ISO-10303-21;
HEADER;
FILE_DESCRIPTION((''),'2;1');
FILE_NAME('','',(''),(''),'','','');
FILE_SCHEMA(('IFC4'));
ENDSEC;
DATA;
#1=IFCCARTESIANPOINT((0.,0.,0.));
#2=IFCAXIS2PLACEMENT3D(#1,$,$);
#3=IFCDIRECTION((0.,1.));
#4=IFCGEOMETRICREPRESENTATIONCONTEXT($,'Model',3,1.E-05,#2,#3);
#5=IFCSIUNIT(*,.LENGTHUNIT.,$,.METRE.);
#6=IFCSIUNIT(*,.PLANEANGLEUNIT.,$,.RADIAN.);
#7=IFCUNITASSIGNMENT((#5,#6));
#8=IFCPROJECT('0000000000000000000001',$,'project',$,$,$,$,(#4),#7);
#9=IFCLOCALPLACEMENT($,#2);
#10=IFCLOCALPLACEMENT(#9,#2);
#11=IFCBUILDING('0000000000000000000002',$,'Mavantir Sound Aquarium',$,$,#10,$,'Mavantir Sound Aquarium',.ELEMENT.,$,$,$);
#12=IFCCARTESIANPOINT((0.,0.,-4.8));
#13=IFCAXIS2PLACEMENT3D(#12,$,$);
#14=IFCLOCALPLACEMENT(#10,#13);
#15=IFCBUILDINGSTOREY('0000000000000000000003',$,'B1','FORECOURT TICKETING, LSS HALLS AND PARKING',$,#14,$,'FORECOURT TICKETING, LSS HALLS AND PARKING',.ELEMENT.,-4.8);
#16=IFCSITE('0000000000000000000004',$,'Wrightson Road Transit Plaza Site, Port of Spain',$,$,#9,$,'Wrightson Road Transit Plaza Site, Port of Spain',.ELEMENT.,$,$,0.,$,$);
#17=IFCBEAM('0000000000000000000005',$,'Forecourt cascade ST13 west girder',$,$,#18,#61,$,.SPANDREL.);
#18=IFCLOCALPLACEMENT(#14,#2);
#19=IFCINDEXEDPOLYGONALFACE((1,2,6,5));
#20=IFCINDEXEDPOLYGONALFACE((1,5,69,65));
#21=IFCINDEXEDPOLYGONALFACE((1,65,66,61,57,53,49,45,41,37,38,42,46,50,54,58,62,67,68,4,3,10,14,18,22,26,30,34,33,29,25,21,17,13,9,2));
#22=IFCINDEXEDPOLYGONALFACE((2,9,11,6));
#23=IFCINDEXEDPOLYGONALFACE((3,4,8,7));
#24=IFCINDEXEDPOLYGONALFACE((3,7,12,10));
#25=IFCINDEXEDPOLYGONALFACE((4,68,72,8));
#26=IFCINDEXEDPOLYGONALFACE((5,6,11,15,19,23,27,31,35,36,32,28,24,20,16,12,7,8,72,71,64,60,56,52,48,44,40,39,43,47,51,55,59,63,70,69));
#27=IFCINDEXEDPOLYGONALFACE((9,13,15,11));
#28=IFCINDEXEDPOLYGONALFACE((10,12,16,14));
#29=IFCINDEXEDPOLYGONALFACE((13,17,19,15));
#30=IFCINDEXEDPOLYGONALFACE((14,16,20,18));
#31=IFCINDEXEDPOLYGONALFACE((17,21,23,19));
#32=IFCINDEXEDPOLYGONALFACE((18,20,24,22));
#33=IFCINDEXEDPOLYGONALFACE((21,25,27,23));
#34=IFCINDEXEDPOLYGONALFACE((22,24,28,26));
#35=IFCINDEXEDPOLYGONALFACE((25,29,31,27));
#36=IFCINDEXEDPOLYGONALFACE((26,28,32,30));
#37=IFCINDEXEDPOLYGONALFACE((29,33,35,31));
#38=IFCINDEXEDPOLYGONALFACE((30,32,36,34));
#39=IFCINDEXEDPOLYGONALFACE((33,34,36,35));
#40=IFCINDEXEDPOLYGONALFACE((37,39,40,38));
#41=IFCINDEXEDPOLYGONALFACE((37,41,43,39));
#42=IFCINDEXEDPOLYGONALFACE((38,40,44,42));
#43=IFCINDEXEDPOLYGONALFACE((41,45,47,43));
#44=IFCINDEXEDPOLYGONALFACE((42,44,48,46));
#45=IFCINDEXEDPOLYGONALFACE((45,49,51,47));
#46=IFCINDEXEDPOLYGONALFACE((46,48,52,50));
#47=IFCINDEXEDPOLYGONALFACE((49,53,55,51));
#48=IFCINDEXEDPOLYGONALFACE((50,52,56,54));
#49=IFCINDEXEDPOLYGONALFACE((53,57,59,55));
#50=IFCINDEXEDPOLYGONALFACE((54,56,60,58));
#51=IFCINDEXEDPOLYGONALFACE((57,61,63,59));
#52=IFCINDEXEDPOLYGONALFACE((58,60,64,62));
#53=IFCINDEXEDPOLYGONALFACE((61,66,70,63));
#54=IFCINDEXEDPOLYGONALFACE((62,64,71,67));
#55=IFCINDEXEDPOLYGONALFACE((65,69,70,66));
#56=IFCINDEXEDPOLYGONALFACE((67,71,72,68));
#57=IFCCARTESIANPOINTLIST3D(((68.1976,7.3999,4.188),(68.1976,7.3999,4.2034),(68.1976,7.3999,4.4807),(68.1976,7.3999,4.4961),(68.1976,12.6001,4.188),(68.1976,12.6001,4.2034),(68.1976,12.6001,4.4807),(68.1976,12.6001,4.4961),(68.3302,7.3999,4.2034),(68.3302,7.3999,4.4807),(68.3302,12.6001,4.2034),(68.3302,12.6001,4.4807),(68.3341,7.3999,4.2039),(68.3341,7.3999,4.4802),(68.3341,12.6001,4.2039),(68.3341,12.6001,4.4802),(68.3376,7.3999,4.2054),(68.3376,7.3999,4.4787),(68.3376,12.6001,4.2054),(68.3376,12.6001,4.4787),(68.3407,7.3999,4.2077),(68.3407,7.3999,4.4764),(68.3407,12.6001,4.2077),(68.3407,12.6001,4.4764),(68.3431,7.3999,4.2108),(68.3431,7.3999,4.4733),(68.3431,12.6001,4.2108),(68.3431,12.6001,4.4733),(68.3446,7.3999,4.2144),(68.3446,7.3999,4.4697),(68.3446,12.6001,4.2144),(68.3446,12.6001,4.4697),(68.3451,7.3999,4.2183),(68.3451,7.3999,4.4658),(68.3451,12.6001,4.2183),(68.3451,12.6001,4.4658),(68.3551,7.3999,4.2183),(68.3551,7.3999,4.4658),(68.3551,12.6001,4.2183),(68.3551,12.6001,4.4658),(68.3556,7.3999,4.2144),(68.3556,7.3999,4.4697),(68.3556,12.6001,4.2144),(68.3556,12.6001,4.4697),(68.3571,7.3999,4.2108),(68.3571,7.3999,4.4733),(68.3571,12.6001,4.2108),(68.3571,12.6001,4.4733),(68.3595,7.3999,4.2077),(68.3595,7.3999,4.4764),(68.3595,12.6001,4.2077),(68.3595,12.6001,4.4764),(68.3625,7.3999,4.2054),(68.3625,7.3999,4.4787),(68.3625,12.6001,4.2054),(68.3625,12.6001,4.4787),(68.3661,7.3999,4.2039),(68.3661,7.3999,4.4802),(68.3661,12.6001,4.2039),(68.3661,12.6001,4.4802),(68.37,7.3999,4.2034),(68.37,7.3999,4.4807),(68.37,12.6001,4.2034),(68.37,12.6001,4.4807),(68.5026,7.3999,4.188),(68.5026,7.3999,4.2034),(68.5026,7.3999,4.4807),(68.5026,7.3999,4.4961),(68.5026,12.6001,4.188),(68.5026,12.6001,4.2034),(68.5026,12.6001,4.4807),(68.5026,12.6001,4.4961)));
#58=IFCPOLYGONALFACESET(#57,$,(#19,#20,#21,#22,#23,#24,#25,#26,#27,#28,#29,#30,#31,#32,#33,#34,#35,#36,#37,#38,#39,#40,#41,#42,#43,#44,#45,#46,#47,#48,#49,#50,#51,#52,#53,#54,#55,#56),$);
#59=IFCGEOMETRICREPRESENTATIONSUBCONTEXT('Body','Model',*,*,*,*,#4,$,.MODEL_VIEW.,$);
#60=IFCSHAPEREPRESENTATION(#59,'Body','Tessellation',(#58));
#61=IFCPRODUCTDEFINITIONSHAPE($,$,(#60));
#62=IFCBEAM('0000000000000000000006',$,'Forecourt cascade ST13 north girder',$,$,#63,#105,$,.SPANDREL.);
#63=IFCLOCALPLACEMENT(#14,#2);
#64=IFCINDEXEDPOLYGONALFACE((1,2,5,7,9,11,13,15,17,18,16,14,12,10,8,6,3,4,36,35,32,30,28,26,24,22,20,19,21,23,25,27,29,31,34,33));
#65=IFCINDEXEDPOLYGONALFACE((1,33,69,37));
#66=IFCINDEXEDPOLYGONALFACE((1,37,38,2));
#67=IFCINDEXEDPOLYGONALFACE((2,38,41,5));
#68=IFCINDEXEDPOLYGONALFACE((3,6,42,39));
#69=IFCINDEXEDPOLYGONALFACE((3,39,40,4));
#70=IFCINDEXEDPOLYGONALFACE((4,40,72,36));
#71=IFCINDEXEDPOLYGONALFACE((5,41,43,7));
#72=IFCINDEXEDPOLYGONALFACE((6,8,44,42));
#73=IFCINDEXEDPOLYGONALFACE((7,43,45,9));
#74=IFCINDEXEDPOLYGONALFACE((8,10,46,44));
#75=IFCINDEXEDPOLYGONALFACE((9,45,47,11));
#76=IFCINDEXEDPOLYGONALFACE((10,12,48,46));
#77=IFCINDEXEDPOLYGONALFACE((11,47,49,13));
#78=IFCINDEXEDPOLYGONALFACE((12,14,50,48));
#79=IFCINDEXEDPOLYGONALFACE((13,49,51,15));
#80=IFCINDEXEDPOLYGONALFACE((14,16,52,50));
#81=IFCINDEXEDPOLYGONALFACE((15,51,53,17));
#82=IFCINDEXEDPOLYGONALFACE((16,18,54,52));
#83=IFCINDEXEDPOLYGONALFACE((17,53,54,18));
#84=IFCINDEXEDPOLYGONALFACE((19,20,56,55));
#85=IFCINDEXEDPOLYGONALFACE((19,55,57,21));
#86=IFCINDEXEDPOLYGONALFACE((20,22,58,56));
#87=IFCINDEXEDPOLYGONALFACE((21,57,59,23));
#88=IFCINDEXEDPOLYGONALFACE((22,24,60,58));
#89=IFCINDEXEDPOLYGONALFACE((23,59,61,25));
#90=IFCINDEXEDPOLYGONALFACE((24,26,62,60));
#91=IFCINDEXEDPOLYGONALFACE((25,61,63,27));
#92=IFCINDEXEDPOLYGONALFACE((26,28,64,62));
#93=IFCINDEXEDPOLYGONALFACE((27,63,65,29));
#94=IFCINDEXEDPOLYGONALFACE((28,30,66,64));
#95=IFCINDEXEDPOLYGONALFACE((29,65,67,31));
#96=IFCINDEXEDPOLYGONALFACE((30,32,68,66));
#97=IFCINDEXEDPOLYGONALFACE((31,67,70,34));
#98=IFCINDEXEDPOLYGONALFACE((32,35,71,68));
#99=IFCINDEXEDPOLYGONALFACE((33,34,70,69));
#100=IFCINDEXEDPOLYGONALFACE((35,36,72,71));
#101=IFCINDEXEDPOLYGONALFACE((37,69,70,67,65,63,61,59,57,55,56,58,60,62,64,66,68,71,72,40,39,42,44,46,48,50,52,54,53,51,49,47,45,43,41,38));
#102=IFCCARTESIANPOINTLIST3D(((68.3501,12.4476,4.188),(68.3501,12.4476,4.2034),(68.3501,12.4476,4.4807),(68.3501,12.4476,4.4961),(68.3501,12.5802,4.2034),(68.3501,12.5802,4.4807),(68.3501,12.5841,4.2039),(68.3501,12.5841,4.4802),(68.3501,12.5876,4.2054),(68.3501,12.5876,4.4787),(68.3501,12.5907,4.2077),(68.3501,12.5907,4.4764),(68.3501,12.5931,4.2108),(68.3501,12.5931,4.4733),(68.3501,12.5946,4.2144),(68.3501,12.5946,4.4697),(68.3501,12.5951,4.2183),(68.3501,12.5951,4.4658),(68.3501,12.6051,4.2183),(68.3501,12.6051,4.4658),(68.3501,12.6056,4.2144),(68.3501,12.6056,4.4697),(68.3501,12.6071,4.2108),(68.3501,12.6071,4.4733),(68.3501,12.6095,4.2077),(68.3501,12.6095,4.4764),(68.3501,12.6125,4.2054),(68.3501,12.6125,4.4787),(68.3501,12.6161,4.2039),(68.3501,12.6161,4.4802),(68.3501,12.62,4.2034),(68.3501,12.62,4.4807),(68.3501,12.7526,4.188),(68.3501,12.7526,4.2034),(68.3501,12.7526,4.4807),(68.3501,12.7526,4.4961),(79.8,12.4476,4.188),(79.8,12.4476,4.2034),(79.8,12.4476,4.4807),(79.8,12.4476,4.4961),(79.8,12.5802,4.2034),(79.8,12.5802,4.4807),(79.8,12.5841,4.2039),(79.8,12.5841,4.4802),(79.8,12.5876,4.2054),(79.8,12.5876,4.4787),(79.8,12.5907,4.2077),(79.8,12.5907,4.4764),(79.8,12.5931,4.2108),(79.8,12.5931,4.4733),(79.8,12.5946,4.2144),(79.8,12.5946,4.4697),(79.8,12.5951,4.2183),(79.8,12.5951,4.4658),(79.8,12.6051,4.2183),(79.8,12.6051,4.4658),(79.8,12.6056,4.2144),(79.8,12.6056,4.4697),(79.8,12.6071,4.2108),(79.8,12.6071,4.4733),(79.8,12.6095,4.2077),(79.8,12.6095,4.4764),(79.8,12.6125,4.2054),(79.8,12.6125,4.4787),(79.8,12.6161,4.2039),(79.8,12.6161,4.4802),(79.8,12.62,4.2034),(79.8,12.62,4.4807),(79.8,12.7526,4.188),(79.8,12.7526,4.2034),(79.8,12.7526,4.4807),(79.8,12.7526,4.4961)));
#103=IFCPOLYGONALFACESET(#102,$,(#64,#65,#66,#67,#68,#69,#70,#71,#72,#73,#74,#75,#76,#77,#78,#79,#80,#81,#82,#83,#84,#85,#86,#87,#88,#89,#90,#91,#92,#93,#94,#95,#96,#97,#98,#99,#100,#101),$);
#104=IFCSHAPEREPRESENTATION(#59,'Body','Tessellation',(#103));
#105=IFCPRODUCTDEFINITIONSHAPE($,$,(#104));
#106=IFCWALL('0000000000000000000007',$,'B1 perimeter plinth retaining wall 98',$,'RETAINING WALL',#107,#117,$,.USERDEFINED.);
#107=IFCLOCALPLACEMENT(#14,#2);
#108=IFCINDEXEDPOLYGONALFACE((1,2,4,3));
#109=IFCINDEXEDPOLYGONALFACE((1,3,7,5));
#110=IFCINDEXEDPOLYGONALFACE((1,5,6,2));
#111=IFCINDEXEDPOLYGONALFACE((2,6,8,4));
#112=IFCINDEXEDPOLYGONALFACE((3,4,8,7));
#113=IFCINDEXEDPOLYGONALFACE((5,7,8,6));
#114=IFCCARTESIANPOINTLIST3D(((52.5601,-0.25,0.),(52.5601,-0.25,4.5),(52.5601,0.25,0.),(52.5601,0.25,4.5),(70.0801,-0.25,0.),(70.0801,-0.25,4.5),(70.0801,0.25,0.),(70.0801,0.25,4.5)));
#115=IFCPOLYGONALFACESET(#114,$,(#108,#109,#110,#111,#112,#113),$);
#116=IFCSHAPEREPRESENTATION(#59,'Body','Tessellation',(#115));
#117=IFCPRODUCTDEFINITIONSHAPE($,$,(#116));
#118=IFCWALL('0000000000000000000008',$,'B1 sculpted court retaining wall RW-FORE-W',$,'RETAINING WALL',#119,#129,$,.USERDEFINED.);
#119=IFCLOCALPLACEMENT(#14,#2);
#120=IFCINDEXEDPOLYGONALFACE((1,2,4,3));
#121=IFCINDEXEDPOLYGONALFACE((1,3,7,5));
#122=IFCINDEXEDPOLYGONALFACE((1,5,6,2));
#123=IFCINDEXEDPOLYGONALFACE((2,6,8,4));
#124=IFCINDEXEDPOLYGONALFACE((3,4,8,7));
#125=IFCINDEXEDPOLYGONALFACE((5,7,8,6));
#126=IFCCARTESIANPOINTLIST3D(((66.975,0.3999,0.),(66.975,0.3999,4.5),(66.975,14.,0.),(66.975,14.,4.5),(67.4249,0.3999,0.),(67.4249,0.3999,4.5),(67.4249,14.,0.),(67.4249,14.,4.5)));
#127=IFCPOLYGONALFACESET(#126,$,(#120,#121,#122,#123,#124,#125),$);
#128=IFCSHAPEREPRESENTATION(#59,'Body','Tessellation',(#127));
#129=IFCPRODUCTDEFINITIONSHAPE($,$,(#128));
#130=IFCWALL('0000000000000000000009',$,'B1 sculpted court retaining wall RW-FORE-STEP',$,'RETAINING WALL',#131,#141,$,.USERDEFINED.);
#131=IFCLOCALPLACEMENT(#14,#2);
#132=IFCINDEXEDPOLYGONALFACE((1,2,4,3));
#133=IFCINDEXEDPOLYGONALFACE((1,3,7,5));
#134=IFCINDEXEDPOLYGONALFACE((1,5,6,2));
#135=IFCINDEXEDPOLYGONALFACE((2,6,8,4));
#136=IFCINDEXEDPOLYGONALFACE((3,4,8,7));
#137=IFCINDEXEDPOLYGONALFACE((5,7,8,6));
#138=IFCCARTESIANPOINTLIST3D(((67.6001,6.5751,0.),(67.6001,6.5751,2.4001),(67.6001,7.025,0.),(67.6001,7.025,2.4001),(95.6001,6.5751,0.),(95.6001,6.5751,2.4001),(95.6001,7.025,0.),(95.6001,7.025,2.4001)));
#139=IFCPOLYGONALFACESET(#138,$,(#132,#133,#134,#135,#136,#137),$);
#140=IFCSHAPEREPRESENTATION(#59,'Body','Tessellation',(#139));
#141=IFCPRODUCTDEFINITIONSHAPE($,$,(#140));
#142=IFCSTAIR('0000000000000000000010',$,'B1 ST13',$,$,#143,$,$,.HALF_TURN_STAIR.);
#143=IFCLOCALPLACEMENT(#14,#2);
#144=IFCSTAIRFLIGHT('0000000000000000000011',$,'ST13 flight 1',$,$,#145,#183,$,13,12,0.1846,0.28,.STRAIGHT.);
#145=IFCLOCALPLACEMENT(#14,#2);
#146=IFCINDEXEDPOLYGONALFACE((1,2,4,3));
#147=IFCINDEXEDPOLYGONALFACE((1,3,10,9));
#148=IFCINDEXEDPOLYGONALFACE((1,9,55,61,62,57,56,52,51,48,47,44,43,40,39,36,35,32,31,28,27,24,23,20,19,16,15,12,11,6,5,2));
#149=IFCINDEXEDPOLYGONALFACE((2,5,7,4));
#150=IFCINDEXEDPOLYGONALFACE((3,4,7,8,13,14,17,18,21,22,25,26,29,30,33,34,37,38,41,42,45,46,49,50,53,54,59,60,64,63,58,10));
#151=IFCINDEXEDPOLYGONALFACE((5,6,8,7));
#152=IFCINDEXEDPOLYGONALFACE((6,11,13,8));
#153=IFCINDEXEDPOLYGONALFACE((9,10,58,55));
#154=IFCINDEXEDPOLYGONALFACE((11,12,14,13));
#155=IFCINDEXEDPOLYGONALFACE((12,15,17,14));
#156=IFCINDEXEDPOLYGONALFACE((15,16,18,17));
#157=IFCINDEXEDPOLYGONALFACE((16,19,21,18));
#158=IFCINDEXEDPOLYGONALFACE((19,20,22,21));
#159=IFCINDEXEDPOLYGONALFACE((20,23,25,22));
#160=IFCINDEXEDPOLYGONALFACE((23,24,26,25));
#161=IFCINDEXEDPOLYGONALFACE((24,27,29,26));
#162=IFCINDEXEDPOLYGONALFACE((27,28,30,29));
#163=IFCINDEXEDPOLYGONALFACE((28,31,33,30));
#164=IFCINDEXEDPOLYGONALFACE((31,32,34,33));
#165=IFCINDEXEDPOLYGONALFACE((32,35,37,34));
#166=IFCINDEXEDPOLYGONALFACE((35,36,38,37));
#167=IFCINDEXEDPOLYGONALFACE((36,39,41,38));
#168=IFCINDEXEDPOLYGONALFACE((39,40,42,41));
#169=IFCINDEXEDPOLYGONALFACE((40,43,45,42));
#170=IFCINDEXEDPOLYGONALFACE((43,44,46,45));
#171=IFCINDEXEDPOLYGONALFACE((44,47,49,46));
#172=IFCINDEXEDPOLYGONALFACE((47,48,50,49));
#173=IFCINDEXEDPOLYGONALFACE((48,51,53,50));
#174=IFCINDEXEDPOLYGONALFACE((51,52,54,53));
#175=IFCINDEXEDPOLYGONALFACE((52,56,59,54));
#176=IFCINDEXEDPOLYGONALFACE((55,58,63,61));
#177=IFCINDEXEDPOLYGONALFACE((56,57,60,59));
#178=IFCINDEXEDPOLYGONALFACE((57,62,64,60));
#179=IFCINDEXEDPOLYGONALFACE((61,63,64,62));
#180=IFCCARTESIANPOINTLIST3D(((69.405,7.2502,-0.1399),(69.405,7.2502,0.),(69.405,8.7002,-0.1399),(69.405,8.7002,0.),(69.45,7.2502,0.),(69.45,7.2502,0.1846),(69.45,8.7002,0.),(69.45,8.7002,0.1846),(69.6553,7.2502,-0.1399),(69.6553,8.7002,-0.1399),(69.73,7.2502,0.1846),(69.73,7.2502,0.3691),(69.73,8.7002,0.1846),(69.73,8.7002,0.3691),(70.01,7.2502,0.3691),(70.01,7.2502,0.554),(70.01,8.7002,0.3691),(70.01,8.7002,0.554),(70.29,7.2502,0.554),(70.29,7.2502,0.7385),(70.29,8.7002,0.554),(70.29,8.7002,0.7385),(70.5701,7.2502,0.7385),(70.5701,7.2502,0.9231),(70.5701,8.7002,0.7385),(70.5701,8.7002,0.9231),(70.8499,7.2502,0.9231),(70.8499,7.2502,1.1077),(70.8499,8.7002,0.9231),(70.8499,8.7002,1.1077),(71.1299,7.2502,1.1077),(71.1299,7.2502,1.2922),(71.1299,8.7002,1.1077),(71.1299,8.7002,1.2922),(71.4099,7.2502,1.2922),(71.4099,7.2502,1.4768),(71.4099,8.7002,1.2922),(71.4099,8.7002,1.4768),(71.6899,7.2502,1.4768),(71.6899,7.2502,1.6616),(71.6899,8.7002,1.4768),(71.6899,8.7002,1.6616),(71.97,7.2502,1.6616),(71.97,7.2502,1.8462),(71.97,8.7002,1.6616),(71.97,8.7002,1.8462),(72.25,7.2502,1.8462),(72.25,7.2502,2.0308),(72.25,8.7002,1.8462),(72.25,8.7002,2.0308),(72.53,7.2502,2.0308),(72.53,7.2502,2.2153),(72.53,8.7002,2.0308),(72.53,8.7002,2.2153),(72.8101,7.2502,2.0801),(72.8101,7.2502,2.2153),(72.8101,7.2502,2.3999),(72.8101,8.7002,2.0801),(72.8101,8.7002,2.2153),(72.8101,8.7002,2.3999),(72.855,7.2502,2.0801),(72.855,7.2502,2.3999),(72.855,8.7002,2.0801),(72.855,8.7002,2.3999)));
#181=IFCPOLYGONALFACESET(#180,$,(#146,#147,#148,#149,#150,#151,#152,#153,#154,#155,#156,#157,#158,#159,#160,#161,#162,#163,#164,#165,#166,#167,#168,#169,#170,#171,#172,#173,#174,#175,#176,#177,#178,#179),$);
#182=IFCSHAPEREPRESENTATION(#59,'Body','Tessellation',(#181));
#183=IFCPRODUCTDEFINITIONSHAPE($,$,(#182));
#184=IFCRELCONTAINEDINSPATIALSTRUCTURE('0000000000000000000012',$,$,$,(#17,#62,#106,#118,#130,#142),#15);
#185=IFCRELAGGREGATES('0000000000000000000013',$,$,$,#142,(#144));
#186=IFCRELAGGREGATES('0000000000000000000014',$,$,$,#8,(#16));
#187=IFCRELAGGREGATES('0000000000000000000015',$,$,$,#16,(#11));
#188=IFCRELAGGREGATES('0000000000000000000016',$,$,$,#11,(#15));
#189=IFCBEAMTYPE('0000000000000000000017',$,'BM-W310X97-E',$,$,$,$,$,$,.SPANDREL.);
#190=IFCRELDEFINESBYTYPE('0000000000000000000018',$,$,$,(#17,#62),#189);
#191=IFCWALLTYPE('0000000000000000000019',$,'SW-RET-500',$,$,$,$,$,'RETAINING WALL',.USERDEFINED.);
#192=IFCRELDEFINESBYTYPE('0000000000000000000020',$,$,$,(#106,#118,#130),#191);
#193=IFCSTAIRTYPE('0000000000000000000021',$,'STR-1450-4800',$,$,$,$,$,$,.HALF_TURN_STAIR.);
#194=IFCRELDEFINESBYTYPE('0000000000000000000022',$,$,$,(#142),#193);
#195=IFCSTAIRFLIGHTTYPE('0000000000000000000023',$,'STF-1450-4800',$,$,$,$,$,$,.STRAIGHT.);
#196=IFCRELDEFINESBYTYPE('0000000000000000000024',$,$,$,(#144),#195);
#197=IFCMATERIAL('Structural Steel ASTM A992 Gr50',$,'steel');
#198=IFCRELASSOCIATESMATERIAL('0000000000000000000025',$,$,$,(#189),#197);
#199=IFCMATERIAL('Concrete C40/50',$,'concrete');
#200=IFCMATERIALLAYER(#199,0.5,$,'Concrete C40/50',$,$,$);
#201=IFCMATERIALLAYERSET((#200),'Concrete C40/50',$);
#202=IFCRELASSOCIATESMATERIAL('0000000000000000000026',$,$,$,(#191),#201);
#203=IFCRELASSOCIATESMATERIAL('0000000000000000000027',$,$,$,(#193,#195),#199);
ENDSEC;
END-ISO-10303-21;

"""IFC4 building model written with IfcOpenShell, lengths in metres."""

from ifc_helpers import new_model, si_unit, direction, frame, frame_2d, origin, origin_2d, place, context, subcontext, project, spatial, polyline, rectangle, i_section, outline, extrude, material, layer, layer_set, material_profile, profile_set, type_object, element, aggregate, save


model = new_model("IFC4")

# Units and contexts
model_context = context("Model", 3, precision=1e-05, world=origin(), true_north=direction((0.0, 1.0)))
body_context = subcontext(model_context, "Body", "Model", "MODEL_VIEW")
ifc_project = project(units=[si_unit("LENGTHUNIT", "METRE"), si_unit("PLANEANGLEUNIT", "RADIAN")], contexts=[model_context])

# Site, building, storey
site_placement = place(None, origin())
site = spatial("IfcSite", under=ifc_project, at=site_placement, Name="Wrightson Road Transit Plaza Site, Port of Spain", LongName="Wrightson Road Transit Plaza Site, Port of Spain", CompositionType="ELEMENT", RefElevation=0.0)
building_placement = place(site_placement, origin())
building = spatial("IfcBuilding", under=site, at=building_placement, Name="Mavantir Sound Aquarium", LongName="Mavantir Sound Aquarium", CompositionType="ELEMENT")
storey_placement = place(building_placement, frame((0.0, 0.0, -4.8)))
storey = spatial("IfcBuildingStorey", under=building, at=storey_placement, Name="B1", Description="FORECOURT TICKETING, LSS HALLS AND PARKING", LongName="FORECOURT TICKETING, LSS HALLS AND PARKING", CompositionType="ELEMENT", Elevation=-4.8)

# Shared definitions
ifc_material_1 = material(Name="Concrete C40/50", Category="concrete")

# Beams
ifc_material_2 = material(Name="Structural Steel ASTM A992 Gr50", Category="steel")
ifc_material_profile_1 = material_profile(ifc_material_2, i_section(OverallWidth=0.3049, OverallDepth=0.3081, WebThickness=0.01, FlangeThickness=0.0154, FilletRadius=0.0149, at=origin_2d()), Name="W310X97")
ifc_profile_set_1 = profile_set([ifc_material_profile_1], Name="Structural Steel ASTM A992 Gr50")
beam_type_1 = type_object("IfcBeamType", Name="BM-W310X97-E", PredefinedType="SPANDREL", material=ifc_profile_set_1)
beam_1_placement = place(storey_placement, frame((68.3501, 7.3999, 4.342), z_axis=(0.0, 1.0, 0.0), x_axis=(-1.0, 0.0, 0.0)))
element("IfcBeam", 1, at=beam_1_placement, inside=storey, type_object=beam_type_1, Name="Forecourt cascade ST13 west girder", PredefinedType="SPANDREL", context=body_context, shape_type="SweptSolid", body=[
    extrude(i_section(OverallWidth=0.3049, OverallDepth=0.3081, WebThickness=0.01, FlangeThickness=0.0154, FilletRadius=0.0149, at=origin_2d()), origin(), (0.0, 0.0, 1.0), 5.2002),
])
beam_2_placement = place(storey_placement, frame((68.3501, 12.6001, 4.342), z_axis=(1.0, 0.0, 0.0), x_axis=(0.0, 1.0, 0.0)))
element("IfcBeam", 2, at=beam_2_placement, inside=storey, type_object=beam_type_1, Name="Forecourt cascade ST13 north girder", PredefinedType="SPANDREL", context=body_context, shape_type="SweptSolid", body=[
    extrude(i_section(OverallWidth=0.3049, OverallDepth=0.3081, WebThickness=0.01, FlangeThickness=0.0154, FilletRadius=0.0149, at=origin_2d()), origin(), (0.0, 0.0, 1.0), 11.45),
])

# Walls
ifc_layer = layer(ifc_material_1, 0.5, Name="Concrete C40/50")
ifc_layer_set = layer_set([ifc_layer], Name="Concrete C40/50")
wall_type = type_object("IfcWallType", Name="SW-RET-500", ElementType="RETAINING WALL", PredefinedType="USERDEFINED", material=ifc_layer_set)
wall_1_placement = place(storey_placement, frame((70.0801, 0.0, 0.0), z_axis=(0.0, 0.0, 1.0), x_axis=(-1.0, 0.0, 0.0)))
element("IfcWall", 3, at=wall_1_placement, inside=storey, type_object=wall_type, Name="B1 perimeter plinth retaining wall 98", ObjectType="RETAINING WALL", PredefinedType="USERDEFINED", context=body_context, shape_type="SweptSolid", body=[
    extrude(rectangle(XDim=17.52, YDim=0.5, at=frame_2d((8.76, 0.0))), origin(), (0.0, 0.0, 1.0), 4.5),
])
wall_2_placement = place(storey_placement, frame((67.2, 0.3999, 0.0), z_axis=(0.0, 0.0, 1.0), x_axis=(0.0, 1.0, 0.0)))
element("IfcWall", 4, at=wall_2_placement, inside=storey, type_object=wall_type, Name="B1 sculpted court retaining wall RW-FORE-W", ObjectType="RETAINING WALL", PredefinedType="USERDEFINED", context=body_context, shape_type="SweptSolid", body=[
    extrude(rectangle(XDim=13.6001, YDim=0.45, at=frame_2d((6.8, 0.0))), origin(), (0.0, 0.0, 1.0), 4.5),
])
wall_3_placement = place(storey_placement, frame((67.6001, 6.8, 0.0), z_axis=(0.0, 0.0, 1.0), x_axis=(1.0, 0.0, 0.0)))
element("IfcWall", 5, at=wall_3_placement, inside=storey, type_object=wall_type, Name="B1 sculpted court retaining wall RW-FORE-STEP", ObjectType="RETAINING WALL", PredefinedType="USERDEFINED", context=body_context, shape_type="SweptSolid", body=[
    extrude(rectangle(XDim=28.0, YDim=0.45, at=frame_2d((14.0, 0.0))), origin(), (0.0, 0.0, 1.0), 2.4001),
])

# Stair, stair flight
stair_type = type_object("IfcStairType", Name="STR-1450-4800", PredefinedType="HALF_TURN_STAIR", material=ifc_material_1)
stair_placement = place(storey_placement, origin())
stair = element("IfcStair", 6, at=stair_placement, inside=storey, type_object=stair_type, Name="B1 ST13", PredefinedType="HALF_TURN_STAIR")
stair_flight_type = type_object("IfcStairFlightType", Name="STF-1450-4800", PredefinedType="STRAIGHT", material=ifc_material_1)
stair_flight_1_placement = place(storey_placement, frame((69.45, 7.9751, 0.0), z_axis=(0.0, 0.0, 1.0), x_axis=(1.0, 0.0, 0.0)))
stair_flight_1 = element("IfcStairFlight", 7, at=stair_flight_1_placement, type_object=stair_flight_type, Name="ST13 flight 1", NumberOfRisers=13, NumberOfTreads=12, PredefinedType="STRAIGHT", RiserHeight=0.1846, TreadLength=0.28, context=body_context, shape_type="SweptSolid", body=[
    extrude(outline(polyline([(-0.0449, -0.1399), (-0.0449, 0.0), (0.0, 0.0), (0.0, 0.1846), (0.28, 0.1846), (0.28, 0.3691), (0.5601, 0.3691), (0.5601, 0.554), (0.8401, 0.554), (0.8401, 0.7385), (1.1201, 0.7385), (1.1201, 0.9231), (1.3999, 0.9231), (1.3999, 1.1077), (1.6799, 1.1077), (1.6799, 1.2922), (1.96, 1.2922), (1.96, 1.4768), (2.24, 1.4768), (2.24, 1.6616), (2.52, 1.6616), (2.52, 1.8462), (2.8, 1.8462), (2.8, 2.0308), (3.0801, 2.0308), (3.0801, 2.2153), (3.3601, 2.2153), (3.3601, 2.3999), (3.405, 2.3999), (3.405, 2.0801), (3.3601, 2.0801), (0.2053, -0.1399), (-0.0449, -0.1399)])), frame((0.0, 0.7251, 0.0), z_axis=(0.0, -1.0, 0.0), x_axis=(1.0, 0.0, 0.0)), (0.0, 0.0, 1.0), 1.45),
])
aggregate(stair, [stair_flight_1])

save(model, "model.ifc")
